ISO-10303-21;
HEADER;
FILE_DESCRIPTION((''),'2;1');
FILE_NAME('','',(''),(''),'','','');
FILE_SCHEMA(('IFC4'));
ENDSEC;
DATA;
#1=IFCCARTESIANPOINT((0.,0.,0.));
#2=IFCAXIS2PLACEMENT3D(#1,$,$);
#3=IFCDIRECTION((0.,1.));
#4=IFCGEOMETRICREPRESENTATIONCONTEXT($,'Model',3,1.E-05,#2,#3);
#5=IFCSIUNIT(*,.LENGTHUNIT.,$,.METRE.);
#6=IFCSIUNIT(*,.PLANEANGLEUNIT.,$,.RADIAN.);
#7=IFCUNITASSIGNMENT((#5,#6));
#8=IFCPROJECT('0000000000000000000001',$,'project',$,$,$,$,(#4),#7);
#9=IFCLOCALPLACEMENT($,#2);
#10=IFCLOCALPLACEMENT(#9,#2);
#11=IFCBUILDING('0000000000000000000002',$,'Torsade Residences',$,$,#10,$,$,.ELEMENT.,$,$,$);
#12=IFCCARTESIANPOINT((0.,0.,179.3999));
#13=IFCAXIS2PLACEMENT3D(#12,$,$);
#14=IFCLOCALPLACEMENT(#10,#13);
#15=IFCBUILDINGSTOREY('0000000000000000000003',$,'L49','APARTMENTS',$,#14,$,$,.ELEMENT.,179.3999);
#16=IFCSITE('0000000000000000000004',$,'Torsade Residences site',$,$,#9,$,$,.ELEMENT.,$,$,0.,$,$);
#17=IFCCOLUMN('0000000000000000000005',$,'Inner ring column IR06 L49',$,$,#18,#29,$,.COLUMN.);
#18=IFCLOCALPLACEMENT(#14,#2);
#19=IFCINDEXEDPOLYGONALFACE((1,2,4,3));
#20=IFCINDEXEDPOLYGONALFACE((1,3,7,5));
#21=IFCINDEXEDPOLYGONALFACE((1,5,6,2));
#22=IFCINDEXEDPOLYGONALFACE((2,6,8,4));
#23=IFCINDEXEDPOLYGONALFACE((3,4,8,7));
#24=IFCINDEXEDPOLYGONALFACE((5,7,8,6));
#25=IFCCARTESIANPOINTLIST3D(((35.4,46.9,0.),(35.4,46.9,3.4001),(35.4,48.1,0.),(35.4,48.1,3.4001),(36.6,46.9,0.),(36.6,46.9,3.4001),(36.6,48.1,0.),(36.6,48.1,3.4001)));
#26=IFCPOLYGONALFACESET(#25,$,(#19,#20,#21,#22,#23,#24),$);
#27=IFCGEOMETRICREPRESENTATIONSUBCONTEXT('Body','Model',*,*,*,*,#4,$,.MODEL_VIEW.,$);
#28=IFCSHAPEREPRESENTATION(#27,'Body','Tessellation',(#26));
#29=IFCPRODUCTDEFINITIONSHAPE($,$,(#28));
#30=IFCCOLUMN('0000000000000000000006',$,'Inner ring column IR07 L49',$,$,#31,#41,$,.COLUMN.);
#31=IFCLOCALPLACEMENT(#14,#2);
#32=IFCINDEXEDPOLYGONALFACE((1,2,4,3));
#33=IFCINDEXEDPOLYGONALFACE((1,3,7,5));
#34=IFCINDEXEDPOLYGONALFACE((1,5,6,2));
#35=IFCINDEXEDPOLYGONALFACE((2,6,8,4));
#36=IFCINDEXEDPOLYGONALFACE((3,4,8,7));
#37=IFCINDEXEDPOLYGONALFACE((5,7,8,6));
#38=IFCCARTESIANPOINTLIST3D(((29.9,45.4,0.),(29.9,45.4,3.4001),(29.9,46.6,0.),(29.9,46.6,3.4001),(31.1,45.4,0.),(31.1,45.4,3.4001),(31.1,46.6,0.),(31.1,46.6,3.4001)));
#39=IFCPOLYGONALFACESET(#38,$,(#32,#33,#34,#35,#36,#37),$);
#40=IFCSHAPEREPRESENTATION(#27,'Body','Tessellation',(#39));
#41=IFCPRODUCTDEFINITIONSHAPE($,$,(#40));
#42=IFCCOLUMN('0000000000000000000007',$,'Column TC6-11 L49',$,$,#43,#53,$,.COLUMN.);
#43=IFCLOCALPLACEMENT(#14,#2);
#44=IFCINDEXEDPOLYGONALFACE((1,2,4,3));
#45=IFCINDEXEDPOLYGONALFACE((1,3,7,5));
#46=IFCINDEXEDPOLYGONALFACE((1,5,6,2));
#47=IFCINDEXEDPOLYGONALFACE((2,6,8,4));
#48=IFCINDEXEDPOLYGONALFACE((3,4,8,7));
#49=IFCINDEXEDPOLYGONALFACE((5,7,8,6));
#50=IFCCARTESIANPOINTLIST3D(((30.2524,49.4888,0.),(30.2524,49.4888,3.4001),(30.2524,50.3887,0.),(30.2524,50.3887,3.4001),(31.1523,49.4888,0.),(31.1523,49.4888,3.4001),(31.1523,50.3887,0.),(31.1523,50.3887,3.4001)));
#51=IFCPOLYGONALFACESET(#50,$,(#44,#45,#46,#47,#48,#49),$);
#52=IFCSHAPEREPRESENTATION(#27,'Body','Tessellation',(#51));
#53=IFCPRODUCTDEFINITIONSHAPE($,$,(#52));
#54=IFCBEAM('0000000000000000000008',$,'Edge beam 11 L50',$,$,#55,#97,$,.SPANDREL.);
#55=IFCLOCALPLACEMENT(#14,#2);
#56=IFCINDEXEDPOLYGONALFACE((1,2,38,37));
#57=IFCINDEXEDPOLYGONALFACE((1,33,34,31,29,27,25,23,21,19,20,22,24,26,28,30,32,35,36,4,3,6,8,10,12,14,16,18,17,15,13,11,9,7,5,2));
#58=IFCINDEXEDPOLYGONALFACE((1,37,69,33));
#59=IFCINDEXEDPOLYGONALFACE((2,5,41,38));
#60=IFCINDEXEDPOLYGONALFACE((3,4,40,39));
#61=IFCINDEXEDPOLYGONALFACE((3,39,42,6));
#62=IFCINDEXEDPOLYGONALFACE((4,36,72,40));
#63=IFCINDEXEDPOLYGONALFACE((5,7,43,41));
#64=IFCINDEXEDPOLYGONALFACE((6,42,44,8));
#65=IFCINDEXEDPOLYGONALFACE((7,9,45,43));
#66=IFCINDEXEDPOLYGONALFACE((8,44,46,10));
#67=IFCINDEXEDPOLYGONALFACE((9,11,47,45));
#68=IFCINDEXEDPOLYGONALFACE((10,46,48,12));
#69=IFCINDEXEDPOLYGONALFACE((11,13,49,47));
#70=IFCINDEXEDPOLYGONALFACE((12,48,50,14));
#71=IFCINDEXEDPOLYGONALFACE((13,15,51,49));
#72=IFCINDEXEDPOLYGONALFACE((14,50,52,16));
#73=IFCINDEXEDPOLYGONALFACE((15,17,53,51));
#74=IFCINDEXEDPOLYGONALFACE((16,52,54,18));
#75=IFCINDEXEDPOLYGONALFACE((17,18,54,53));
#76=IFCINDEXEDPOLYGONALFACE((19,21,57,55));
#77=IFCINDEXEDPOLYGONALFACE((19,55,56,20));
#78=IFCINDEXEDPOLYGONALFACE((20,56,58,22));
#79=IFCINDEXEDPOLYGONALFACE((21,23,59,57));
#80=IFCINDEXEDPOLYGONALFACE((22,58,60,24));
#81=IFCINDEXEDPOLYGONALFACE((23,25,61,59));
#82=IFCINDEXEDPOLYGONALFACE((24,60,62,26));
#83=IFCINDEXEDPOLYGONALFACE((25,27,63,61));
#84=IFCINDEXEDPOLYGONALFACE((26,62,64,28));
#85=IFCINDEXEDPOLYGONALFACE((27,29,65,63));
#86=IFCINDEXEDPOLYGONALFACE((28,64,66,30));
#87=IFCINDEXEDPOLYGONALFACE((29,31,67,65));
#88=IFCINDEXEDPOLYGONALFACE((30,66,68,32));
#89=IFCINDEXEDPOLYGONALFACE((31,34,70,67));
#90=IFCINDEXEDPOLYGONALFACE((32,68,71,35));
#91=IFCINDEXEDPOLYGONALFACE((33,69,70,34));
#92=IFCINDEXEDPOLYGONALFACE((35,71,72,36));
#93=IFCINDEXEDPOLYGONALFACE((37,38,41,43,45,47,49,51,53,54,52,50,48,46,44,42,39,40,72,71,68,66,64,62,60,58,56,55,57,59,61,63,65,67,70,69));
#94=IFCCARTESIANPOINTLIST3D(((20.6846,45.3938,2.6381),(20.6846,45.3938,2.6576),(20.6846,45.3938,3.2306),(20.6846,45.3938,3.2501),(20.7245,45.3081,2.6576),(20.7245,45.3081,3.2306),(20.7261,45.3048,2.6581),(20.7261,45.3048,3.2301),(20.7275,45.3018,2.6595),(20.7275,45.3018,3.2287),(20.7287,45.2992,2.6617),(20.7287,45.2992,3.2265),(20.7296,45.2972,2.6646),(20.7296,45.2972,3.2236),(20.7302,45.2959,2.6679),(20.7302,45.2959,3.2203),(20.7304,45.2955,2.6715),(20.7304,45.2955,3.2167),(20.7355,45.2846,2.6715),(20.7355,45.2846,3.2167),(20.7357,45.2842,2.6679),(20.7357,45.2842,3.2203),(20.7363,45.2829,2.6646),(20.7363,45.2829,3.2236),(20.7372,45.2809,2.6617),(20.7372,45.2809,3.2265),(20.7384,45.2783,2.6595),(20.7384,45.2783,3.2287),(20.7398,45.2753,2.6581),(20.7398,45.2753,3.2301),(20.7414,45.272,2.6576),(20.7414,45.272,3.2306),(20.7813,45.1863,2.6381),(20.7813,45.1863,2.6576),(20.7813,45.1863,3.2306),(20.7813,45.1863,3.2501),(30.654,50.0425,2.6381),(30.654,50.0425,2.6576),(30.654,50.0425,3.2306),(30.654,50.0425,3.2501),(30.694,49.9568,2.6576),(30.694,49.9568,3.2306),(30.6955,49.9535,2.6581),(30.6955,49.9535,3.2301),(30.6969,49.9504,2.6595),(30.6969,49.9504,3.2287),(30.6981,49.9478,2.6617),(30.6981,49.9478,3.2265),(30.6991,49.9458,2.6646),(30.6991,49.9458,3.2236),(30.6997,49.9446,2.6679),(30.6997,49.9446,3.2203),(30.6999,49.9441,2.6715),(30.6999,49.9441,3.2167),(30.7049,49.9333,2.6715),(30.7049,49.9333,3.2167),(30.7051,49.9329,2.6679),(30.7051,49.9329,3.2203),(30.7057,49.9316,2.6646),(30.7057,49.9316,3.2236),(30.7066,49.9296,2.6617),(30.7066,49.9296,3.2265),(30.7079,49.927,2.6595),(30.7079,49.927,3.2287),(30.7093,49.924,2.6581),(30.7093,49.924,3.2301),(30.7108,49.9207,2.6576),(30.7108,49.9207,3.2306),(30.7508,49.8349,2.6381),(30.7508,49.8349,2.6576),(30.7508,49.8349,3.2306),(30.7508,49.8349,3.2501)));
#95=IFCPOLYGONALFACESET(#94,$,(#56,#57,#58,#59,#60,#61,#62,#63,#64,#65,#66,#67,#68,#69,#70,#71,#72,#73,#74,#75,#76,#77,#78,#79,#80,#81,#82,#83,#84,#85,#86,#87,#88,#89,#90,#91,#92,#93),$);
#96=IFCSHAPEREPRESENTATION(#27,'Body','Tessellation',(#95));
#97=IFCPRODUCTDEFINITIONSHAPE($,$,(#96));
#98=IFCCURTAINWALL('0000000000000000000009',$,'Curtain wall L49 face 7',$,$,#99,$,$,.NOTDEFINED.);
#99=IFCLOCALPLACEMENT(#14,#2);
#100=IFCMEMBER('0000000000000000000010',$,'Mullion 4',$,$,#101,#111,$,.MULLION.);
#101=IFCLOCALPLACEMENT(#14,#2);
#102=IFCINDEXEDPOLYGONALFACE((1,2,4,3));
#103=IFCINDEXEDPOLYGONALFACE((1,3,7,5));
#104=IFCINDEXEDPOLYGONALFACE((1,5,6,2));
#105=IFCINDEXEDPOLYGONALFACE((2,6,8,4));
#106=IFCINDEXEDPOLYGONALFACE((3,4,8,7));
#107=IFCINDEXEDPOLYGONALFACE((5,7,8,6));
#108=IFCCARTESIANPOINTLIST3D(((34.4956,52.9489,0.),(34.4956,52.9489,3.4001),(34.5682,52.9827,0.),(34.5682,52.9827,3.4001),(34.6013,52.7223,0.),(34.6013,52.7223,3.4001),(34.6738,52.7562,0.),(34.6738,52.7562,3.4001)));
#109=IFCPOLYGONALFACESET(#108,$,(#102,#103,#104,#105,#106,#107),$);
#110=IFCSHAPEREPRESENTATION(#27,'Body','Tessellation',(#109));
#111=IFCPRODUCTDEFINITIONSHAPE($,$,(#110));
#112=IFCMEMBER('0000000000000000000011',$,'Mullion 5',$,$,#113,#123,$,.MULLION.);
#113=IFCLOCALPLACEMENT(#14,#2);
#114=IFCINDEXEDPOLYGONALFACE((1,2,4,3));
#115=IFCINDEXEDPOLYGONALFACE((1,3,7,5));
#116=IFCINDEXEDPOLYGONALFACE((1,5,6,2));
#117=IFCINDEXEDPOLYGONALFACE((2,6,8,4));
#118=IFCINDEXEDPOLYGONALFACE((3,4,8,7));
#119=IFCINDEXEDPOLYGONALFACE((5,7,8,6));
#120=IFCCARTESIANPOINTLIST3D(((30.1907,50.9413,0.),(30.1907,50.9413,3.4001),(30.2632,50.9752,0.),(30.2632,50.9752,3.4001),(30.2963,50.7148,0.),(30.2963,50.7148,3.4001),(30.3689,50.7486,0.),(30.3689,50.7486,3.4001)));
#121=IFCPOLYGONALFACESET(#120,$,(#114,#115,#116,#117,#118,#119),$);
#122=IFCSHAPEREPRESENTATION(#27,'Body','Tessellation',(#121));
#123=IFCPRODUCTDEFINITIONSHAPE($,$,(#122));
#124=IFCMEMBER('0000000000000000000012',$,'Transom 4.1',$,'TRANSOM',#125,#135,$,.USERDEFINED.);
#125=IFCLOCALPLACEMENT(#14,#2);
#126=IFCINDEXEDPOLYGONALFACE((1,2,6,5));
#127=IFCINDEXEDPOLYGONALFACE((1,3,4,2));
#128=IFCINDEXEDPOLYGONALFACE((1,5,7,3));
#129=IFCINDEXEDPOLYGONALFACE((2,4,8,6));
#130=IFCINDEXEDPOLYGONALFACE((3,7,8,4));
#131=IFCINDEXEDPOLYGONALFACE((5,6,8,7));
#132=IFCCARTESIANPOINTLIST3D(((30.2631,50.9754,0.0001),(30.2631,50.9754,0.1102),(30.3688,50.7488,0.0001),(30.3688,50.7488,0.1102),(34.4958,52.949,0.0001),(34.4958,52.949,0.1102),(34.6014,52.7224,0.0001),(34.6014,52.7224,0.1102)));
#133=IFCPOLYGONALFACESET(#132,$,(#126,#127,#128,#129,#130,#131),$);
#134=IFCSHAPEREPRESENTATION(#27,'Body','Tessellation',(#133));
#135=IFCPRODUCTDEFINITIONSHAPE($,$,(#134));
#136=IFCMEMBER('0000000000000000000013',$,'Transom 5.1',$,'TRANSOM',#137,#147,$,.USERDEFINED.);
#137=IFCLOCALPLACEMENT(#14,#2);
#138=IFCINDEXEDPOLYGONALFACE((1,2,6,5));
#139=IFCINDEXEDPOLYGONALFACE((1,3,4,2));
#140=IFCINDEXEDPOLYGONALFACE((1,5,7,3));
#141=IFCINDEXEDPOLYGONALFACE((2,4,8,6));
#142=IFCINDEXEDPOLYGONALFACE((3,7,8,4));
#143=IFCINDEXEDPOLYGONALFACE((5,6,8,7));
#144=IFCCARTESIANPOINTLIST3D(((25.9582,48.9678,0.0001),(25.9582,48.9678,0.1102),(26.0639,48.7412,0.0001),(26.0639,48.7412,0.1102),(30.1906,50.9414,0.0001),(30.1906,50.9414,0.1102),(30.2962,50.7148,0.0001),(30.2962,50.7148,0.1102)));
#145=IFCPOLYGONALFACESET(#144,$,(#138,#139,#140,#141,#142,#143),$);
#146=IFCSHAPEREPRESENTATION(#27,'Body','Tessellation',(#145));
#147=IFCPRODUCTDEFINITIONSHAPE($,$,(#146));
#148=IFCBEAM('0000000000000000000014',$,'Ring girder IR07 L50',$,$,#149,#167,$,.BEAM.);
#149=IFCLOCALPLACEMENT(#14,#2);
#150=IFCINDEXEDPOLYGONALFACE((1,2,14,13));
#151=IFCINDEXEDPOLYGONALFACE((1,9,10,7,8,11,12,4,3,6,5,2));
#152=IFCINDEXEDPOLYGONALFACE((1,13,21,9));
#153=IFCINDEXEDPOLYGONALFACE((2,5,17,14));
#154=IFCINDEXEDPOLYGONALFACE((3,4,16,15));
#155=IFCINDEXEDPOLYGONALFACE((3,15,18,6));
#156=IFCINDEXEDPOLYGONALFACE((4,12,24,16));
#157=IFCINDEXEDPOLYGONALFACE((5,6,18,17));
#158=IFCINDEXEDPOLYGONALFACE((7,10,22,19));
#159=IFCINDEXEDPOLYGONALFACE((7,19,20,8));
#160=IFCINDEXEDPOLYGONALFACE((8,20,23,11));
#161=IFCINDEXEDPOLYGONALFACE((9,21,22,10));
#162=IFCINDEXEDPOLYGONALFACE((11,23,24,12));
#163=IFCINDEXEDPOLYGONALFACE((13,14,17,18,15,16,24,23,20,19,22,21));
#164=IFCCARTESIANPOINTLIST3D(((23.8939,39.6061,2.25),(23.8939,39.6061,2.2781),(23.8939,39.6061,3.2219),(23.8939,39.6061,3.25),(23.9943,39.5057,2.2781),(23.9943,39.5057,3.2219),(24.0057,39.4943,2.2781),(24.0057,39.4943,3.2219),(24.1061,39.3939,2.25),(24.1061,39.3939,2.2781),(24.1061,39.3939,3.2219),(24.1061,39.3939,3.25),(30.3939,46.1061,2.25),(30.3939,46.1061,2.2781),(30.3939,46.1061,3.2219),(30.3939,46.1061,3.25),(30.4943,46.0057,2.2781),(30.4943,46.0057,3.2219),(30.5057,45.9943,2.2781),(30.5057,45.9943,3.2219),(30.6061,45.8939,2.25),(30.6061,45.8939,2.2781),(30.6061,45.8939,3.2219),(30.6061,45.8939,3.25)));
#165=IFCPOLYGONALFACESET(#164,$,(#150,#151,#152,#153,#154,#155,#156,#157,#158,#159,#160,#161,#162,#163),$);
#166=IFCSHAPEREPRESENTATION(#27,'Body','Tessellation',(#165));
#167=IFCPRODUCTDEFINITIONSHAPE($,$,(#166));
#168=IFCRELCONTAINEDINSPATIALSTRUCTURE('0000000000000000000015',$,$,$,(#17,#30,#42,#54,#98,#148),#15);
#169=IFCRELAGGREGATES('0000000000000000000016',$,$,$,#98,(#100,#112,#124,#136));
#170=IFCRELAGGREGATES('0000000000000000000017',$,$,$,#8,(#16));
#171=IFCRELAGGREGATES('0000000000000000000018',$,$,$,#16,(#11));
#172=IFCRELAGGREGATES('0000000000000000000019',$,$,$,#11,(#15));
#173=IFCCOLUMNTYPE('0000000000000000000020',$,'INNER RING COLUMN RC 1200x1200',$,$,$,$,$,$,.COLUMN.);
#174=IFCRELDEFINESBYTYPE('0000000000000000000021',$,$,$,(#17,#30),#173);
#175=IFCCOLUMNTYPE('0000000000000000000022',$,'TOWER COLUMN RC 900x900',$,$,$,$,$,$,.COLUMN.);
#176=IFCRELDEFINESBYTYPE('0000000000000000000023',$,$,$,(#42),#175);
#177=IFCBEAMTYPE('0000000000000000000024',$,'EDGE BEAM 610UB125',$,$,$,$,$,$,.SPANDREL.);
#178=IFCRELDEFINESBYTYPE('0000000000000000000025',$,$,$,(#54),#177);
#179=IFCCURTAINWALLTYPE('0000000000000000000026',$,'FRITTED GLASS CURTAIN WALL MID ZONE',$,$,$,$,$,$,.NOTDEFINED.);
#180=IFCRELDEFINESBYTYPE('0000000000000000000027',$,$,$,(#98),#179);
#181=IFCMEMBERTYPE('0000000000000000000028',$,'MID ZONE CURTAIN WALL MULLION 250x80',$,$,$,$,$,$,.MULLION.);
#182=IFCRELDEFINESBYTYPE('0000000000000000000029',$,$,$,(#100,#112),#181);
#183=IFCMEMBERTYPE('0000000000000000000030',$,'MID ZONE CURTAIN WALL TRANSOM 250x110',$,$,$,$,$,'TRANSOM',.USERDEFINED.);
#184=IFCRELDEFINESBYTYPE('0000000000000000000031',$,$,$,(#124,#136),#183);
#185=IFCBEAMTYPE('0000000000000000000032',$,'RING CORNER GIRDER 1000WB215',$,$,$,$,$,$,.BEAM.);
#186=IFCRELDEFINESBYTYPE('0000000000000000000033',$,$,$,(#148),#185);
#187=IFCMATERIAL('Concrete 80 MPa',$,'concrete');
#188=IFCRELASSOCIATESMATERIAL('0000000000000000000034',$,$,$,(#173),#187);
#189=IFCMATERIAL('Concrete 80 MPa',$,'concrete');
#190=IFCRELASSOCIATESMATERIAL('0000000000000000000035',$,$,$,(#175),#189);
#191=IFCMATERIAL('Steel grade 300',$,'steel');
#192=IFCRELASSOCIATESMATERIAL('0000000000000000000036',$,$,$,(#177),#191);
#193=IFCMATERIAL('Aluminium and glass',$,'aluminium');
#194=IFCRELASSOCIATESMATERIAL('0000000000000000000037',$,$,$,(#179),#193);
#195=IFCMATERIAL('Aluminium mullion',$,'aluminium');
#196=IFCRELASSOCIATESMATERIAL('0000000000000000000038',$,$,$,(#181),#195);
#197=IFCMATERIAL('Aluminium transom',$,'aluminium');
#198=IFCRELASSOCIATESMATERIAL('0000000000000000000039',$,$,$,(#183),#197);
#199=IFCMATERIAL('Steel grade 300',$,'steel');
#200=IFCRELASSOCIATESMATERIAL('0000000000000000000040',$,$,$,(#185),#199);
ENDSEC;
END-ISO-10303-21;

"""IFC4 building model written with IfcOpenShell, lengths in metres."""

from ifc_helpers import new_model, si_unit, direction, frame, origin, origin_2d, place, context, subcontext, project, spatial, rectangle, i_section, extrude, material, material_profile, profile_set, type_object, element, aggregate, save


model = new_model("IFC4")

# Units and contexts
model_context = context("Model", 3, precision=1e-05, world=origin(), true_north=direction((0.0, 1.0)))
body_context = subcontext(model_context, "Body", "Model", "MODEL_VIEW")
ifc_project = project(units=[si_unit("LENGTHUNIT", "METRE"), si_unit("PLANEANGLEUNIT", "RADIAN")], contexts=[model_context])

# Site, building, storey
site_placement = place(None, origin())
site = spatial("IfcSite", under=ifc_project, at=site_placement, Name="Torsade Residences site", CompositionType="ELEMENT", RefElevation=0.0)
building_placement = place(site_placement, origin())
building = spatial("IfcBuilding", under=site, at=building_placement, Name="Torsade Residences", CompositionType="ELEMENT")
storey_placement = place(building_placement, frame((0.0, 0.0, 179.3999)))
storey = spatial("IfcBuildingStorey", under=building, at=storey_placement, Name="L49", Description="APARTMENTS", CompositionType="ELEMENT", Elevation=179.3999)

# Columns
ifc_material_1 = material(Name="Concrete 80 MPa", Category="concrete")
ifc_material_profile_1 = material_profile(ifc_material_1, rectangle(XDim=1.2, YDim=1.2, at=origin_2d()), Name="RC 1200x1200")
ifc_profile_set_1 = profile_set([ifc_material_profile_1], Name="Concrete 80 MPa")
column_type_1 = type_object("IfcColumnType", Name="INNER RING COLUMN RC 1200x1200", PredefinedType="COLUMN", material=ifc_profile_set_1)
for number, where, z_axis, x_axis, name in (
    (1, (36.0, 47.5, 0.0), (0.0, 0.0, 1.0), (1.0, 0.0, 0.0), "Inner ring column IR06 L49"),
    (2, (30.5, 46.0, 0.0), (0.0, 0.0, 1.0), (1.0, 0.0, 0.0), "Inner ring column IR07 L49"),
):
    element("IfcColumn", number, at=place(storey_placement, frame(where, z_axis=z_axis, x_axis=x_axis)), inside=storey, type_object=column_type_1, Name=name, PredefinedType="COLUMN", context=body_context, shape_type="SweptSolid", body=[
        extrude(rectangle(XDim=1.2, YDim=1.2, at=origin_2d()), origin(), (0.0, 0.0, 1.0), 3.4001),
    ])
ifc_material_2 = material(Name="Concrete 80 MPa", Category="concrete")
ifc_material_profile_2 = material_profile(ifc_material_2, rectangle(XDim=0.8999, YDim=0.8999, at=origin_2d()), Name="RC 900x900")
ifc_profile_set_2 = profile_set([ifc_material_profile_2], Name="Concrete 80 MPa")
column_type_2 = type_object("IfcColumnType", Name="TOWER COLUMN RC 900x900", PredefinedType="COLUMN", material=ifc_profile_set_2)
column_placement = place(storey_placement, frame((30.7024, 49.9387, 0.0), z_axis=(0.0, 0.0, 1.0), x_axis=(1.0, 0.0, 0.0)))
element("IfcColumn", 3, at=column_placement, inside=storey, type_object=column_type_2, Name="Column TC6-11 L49", PredefinedType="COLUMN", context=body_context, shape_type="SweptSolid", body=[
    extrude(rectangle(XDim=0.8999, YDim=0.8999, at=origin_2d()), origin(), (0.0, 0.0, 1.0), 3.4001),
])

# Beam
ifc_material_3 = material(Name="Steel grade 300", Category="steel")
ifc_material_profile_3 = material_profile(ifc_material_3, i_section(OverallWidth=0.229, OverallDepth=0.6121, WebThickness=0.012, FlangeThickness=0.0195, FilletRadius=0.0139, at=origin_2d()), Name="610UB125")
ifc_profile_set_3 = profile_set([ifc_material_profile_3], Name="Steel grade 300")
beam_type_1 = type_object("IfcBeamType", Name="EDGE BEAM 610UB125", PredefinedType="SPANDREL", material=ifc_profile_set_3)
beam_1_placement = place(storey_placement, frame((30.7024, 49.9387, 2.9441), z_axis=(-0.906314, -0.422606, 0.0), x_axis=(0.422606, -0.906314, 0.0)))
element("IfcBeam", 4, at=beam_1_placement, inside=storey, type_object=beam_type_1, Name="Edge beam 11 L50", PredefinedType="SPANDREL", context=body_context, shape_type="SweptSolid", body=[
    extrude(i_section(OverallWidth=0.229, OverallDepth=0.6121, WebThickness=0.012, FlangeThickness=0.0195, FilletRadius=0.0139, at=origin_2d()), origin(), (0.0, 0.0, 1.0), 11.0),
])

# Curtain wall, members
ifc_material_4 = material(Name="Aluminium and glass", Category="aluminium")
curtain_wall_type = type_object("IfcCurtainWallType", Name="FRITTED GLASS CURTAIN WALL MID ZONE", PredefinedType="NOTDEFINED", material=ifc_material_4)
curtain_wall_placement = place(storey_placement, origin())
curtain_wall = element("IfcCurtainWall", 5, at=curtain_wall_placement, inside=storey, type_object=curtain_wall_type, Name="Curtain wall L49 face 7", PredefinedType="NOTDEFINED")
ifc_material_5 = material(Name="Aluminium mullion", Category="aluminium")
ifc_material_profile_4 = material_profile(ifc_material_5, rectangle(XDim=0.25, YDim=0.0801, at=origin_2d()), Name="MID ZONE CURTAIN WALL MULLION 250x80")
ifc_profile_set_4 = profile_set([ifc_material_profile_4], Name="Aluminium mullion")
member_type_1 = type_object("IfcMemberType", Name="MID ZONE CURTAIN WALL MULLION 250x80", PredefinedType="MULLION", material=ifc_profile_set_4)
member_1_placement = place(storey_placement, frame((34.5847, 52.8525, 0.0), z_axis=(0.0, 0.0, 1.0), x_axis=(0.422618, -0.906308, 0.0)))
member_1 = element("IfcMember", 6, at=member_1_placement, type_object=member_type_1, Name="Mullion 4", PredefinedType="MULLION", context=body_context, shape_type="SweptSolid", body=[
    extrude(rectangle(XDim=0.25, YDim=0.0801, at=origin_2d()), origin(), (0.0, 0.0, 1.0), 3.4001),
])
member_2_placement = place(storey_placement, frame((30.2798, 50.845, 0.0), z_axis=(0.0, 0.0, 1.0), x_axis=(0.422618, -0.906308, 0.0)))
member_2 = element("IfcMember", 7, at=member_2_placement, type_object=member_type_1, Name="Mullion 5", PredefinedType="MULLION", context=body_context, shape_type="SweptSolid", body=[
    extrude(rectangle(XDim=0.25, YDim=0.0801, at=origin_2d()), origin(), (0.0, 0.0, 1.0), 3.4001),
])
ifc_material_6 = material(Name="Aluminium transom", Category="aluminium")
ifc_material_profile_5 = material_profile(ifc_material_6, rectangle(XDim=0.25, YDim=0.1101, at=origin_2d()), Name="MID ZONE CURTAIN WALL TRANSOM 250x110")
ifc_profile_set_5 = profile_set([ifc_material_profile_5], Name="Aluminium transom")
member_type_2 = type_object("IfcMemberType", Name="MID ZONE CURTAIN WALL TRANSOM 250x110", ElementType="TRANSOM", PredefinedType="USERDEFINED", material=ifc_profile_set_5)
member_3_placement = place(storey_placement, frame((34.5486, 52.8357, 0.0552), z_axis=(-0.906315, -0.422602, 0.0), x_axis=(0.422602, -0.906315, 0.0)))
member_3 = element("IfcMember", 8, at=member_3_placement, type_object=member_type_2, Name="Transom 4.1", ObjectType="TRANSOM", PredefinedType="USERDEFINED", context=body_context, shape_type="SweptSolid", body=[
    extrude(rectangle(XDim=0.25, YDim=0.1101, at=origin_2d()), origin(), (0.0, 0.0, 1.0), 4.6702),
])
member_4_placement = place(storey_placement, frame((30.2434, 50.8281, 0.0552), z_axis=(-0.906306, -0.422622, 0.0), x_axis=(0.422622, -0.906306, 0.0)))
member_4 = element("IfcMember", 9, at=member_4_placement, type_object=member_type_2, Name="Transom 5.1", ObjectType="TRANSOM", PredefinedType="USERDEFINED", context=body_context, shape_type="SweptSolid", body=[
    extrude(rectangle(XDim=0.25, YDim=0.1101, at=origin_2d()), origin(), (0.0, 0.0, 1.0), 4.6699),
])

# Beam
ifc_material_7 = material(Name="Steel grade 300", Category="steel")
ifc_material_profile_6 = material_profile(ifc_material_7, i_section(OverallWidth=0.3, OverallDepth=1.0, WebThickness=0.0161, FlangeThickness=0.0281, at=origin_2d()), Name="1000WB215")
ifc_profile_set_6 = profile_set([ifc_material_profile_6], Name="Steel grade 300")
beam_type_2 = type_object("IfcBeamType", Name="RING CORNER GIRDER 1000WB215", PredefinedType="BEAM", material=ifc_profile_set_6)
beam_2_placement = place(storey_placement, frame((30.5, 46.0, 2.75), z_axis=(-0.707107, -0.707107, 0.0), x_axis=(0.707107, -0.707107, 0.0)))
element("IfcBeam", 10, at=beam_2_placement, inside=storey, type_object=beam_type_2, Name="Ring girder IR07 L50", PredefinedType="BEAM", context=body_context, shape_type="SweptSolid", body=[
    extrude(i_section(OverallWidth=0.3, OverallDepth=1.0, WebThickness=0.0161, FlangeThickness=0.0281, at=origin_2d()), origin(), (0.0, 0.0, 1.0), 9.1924),
])

aggregate(curtain_wall, [member_1, member_2, member_3, member_4])

save(model, "model.ifc")
